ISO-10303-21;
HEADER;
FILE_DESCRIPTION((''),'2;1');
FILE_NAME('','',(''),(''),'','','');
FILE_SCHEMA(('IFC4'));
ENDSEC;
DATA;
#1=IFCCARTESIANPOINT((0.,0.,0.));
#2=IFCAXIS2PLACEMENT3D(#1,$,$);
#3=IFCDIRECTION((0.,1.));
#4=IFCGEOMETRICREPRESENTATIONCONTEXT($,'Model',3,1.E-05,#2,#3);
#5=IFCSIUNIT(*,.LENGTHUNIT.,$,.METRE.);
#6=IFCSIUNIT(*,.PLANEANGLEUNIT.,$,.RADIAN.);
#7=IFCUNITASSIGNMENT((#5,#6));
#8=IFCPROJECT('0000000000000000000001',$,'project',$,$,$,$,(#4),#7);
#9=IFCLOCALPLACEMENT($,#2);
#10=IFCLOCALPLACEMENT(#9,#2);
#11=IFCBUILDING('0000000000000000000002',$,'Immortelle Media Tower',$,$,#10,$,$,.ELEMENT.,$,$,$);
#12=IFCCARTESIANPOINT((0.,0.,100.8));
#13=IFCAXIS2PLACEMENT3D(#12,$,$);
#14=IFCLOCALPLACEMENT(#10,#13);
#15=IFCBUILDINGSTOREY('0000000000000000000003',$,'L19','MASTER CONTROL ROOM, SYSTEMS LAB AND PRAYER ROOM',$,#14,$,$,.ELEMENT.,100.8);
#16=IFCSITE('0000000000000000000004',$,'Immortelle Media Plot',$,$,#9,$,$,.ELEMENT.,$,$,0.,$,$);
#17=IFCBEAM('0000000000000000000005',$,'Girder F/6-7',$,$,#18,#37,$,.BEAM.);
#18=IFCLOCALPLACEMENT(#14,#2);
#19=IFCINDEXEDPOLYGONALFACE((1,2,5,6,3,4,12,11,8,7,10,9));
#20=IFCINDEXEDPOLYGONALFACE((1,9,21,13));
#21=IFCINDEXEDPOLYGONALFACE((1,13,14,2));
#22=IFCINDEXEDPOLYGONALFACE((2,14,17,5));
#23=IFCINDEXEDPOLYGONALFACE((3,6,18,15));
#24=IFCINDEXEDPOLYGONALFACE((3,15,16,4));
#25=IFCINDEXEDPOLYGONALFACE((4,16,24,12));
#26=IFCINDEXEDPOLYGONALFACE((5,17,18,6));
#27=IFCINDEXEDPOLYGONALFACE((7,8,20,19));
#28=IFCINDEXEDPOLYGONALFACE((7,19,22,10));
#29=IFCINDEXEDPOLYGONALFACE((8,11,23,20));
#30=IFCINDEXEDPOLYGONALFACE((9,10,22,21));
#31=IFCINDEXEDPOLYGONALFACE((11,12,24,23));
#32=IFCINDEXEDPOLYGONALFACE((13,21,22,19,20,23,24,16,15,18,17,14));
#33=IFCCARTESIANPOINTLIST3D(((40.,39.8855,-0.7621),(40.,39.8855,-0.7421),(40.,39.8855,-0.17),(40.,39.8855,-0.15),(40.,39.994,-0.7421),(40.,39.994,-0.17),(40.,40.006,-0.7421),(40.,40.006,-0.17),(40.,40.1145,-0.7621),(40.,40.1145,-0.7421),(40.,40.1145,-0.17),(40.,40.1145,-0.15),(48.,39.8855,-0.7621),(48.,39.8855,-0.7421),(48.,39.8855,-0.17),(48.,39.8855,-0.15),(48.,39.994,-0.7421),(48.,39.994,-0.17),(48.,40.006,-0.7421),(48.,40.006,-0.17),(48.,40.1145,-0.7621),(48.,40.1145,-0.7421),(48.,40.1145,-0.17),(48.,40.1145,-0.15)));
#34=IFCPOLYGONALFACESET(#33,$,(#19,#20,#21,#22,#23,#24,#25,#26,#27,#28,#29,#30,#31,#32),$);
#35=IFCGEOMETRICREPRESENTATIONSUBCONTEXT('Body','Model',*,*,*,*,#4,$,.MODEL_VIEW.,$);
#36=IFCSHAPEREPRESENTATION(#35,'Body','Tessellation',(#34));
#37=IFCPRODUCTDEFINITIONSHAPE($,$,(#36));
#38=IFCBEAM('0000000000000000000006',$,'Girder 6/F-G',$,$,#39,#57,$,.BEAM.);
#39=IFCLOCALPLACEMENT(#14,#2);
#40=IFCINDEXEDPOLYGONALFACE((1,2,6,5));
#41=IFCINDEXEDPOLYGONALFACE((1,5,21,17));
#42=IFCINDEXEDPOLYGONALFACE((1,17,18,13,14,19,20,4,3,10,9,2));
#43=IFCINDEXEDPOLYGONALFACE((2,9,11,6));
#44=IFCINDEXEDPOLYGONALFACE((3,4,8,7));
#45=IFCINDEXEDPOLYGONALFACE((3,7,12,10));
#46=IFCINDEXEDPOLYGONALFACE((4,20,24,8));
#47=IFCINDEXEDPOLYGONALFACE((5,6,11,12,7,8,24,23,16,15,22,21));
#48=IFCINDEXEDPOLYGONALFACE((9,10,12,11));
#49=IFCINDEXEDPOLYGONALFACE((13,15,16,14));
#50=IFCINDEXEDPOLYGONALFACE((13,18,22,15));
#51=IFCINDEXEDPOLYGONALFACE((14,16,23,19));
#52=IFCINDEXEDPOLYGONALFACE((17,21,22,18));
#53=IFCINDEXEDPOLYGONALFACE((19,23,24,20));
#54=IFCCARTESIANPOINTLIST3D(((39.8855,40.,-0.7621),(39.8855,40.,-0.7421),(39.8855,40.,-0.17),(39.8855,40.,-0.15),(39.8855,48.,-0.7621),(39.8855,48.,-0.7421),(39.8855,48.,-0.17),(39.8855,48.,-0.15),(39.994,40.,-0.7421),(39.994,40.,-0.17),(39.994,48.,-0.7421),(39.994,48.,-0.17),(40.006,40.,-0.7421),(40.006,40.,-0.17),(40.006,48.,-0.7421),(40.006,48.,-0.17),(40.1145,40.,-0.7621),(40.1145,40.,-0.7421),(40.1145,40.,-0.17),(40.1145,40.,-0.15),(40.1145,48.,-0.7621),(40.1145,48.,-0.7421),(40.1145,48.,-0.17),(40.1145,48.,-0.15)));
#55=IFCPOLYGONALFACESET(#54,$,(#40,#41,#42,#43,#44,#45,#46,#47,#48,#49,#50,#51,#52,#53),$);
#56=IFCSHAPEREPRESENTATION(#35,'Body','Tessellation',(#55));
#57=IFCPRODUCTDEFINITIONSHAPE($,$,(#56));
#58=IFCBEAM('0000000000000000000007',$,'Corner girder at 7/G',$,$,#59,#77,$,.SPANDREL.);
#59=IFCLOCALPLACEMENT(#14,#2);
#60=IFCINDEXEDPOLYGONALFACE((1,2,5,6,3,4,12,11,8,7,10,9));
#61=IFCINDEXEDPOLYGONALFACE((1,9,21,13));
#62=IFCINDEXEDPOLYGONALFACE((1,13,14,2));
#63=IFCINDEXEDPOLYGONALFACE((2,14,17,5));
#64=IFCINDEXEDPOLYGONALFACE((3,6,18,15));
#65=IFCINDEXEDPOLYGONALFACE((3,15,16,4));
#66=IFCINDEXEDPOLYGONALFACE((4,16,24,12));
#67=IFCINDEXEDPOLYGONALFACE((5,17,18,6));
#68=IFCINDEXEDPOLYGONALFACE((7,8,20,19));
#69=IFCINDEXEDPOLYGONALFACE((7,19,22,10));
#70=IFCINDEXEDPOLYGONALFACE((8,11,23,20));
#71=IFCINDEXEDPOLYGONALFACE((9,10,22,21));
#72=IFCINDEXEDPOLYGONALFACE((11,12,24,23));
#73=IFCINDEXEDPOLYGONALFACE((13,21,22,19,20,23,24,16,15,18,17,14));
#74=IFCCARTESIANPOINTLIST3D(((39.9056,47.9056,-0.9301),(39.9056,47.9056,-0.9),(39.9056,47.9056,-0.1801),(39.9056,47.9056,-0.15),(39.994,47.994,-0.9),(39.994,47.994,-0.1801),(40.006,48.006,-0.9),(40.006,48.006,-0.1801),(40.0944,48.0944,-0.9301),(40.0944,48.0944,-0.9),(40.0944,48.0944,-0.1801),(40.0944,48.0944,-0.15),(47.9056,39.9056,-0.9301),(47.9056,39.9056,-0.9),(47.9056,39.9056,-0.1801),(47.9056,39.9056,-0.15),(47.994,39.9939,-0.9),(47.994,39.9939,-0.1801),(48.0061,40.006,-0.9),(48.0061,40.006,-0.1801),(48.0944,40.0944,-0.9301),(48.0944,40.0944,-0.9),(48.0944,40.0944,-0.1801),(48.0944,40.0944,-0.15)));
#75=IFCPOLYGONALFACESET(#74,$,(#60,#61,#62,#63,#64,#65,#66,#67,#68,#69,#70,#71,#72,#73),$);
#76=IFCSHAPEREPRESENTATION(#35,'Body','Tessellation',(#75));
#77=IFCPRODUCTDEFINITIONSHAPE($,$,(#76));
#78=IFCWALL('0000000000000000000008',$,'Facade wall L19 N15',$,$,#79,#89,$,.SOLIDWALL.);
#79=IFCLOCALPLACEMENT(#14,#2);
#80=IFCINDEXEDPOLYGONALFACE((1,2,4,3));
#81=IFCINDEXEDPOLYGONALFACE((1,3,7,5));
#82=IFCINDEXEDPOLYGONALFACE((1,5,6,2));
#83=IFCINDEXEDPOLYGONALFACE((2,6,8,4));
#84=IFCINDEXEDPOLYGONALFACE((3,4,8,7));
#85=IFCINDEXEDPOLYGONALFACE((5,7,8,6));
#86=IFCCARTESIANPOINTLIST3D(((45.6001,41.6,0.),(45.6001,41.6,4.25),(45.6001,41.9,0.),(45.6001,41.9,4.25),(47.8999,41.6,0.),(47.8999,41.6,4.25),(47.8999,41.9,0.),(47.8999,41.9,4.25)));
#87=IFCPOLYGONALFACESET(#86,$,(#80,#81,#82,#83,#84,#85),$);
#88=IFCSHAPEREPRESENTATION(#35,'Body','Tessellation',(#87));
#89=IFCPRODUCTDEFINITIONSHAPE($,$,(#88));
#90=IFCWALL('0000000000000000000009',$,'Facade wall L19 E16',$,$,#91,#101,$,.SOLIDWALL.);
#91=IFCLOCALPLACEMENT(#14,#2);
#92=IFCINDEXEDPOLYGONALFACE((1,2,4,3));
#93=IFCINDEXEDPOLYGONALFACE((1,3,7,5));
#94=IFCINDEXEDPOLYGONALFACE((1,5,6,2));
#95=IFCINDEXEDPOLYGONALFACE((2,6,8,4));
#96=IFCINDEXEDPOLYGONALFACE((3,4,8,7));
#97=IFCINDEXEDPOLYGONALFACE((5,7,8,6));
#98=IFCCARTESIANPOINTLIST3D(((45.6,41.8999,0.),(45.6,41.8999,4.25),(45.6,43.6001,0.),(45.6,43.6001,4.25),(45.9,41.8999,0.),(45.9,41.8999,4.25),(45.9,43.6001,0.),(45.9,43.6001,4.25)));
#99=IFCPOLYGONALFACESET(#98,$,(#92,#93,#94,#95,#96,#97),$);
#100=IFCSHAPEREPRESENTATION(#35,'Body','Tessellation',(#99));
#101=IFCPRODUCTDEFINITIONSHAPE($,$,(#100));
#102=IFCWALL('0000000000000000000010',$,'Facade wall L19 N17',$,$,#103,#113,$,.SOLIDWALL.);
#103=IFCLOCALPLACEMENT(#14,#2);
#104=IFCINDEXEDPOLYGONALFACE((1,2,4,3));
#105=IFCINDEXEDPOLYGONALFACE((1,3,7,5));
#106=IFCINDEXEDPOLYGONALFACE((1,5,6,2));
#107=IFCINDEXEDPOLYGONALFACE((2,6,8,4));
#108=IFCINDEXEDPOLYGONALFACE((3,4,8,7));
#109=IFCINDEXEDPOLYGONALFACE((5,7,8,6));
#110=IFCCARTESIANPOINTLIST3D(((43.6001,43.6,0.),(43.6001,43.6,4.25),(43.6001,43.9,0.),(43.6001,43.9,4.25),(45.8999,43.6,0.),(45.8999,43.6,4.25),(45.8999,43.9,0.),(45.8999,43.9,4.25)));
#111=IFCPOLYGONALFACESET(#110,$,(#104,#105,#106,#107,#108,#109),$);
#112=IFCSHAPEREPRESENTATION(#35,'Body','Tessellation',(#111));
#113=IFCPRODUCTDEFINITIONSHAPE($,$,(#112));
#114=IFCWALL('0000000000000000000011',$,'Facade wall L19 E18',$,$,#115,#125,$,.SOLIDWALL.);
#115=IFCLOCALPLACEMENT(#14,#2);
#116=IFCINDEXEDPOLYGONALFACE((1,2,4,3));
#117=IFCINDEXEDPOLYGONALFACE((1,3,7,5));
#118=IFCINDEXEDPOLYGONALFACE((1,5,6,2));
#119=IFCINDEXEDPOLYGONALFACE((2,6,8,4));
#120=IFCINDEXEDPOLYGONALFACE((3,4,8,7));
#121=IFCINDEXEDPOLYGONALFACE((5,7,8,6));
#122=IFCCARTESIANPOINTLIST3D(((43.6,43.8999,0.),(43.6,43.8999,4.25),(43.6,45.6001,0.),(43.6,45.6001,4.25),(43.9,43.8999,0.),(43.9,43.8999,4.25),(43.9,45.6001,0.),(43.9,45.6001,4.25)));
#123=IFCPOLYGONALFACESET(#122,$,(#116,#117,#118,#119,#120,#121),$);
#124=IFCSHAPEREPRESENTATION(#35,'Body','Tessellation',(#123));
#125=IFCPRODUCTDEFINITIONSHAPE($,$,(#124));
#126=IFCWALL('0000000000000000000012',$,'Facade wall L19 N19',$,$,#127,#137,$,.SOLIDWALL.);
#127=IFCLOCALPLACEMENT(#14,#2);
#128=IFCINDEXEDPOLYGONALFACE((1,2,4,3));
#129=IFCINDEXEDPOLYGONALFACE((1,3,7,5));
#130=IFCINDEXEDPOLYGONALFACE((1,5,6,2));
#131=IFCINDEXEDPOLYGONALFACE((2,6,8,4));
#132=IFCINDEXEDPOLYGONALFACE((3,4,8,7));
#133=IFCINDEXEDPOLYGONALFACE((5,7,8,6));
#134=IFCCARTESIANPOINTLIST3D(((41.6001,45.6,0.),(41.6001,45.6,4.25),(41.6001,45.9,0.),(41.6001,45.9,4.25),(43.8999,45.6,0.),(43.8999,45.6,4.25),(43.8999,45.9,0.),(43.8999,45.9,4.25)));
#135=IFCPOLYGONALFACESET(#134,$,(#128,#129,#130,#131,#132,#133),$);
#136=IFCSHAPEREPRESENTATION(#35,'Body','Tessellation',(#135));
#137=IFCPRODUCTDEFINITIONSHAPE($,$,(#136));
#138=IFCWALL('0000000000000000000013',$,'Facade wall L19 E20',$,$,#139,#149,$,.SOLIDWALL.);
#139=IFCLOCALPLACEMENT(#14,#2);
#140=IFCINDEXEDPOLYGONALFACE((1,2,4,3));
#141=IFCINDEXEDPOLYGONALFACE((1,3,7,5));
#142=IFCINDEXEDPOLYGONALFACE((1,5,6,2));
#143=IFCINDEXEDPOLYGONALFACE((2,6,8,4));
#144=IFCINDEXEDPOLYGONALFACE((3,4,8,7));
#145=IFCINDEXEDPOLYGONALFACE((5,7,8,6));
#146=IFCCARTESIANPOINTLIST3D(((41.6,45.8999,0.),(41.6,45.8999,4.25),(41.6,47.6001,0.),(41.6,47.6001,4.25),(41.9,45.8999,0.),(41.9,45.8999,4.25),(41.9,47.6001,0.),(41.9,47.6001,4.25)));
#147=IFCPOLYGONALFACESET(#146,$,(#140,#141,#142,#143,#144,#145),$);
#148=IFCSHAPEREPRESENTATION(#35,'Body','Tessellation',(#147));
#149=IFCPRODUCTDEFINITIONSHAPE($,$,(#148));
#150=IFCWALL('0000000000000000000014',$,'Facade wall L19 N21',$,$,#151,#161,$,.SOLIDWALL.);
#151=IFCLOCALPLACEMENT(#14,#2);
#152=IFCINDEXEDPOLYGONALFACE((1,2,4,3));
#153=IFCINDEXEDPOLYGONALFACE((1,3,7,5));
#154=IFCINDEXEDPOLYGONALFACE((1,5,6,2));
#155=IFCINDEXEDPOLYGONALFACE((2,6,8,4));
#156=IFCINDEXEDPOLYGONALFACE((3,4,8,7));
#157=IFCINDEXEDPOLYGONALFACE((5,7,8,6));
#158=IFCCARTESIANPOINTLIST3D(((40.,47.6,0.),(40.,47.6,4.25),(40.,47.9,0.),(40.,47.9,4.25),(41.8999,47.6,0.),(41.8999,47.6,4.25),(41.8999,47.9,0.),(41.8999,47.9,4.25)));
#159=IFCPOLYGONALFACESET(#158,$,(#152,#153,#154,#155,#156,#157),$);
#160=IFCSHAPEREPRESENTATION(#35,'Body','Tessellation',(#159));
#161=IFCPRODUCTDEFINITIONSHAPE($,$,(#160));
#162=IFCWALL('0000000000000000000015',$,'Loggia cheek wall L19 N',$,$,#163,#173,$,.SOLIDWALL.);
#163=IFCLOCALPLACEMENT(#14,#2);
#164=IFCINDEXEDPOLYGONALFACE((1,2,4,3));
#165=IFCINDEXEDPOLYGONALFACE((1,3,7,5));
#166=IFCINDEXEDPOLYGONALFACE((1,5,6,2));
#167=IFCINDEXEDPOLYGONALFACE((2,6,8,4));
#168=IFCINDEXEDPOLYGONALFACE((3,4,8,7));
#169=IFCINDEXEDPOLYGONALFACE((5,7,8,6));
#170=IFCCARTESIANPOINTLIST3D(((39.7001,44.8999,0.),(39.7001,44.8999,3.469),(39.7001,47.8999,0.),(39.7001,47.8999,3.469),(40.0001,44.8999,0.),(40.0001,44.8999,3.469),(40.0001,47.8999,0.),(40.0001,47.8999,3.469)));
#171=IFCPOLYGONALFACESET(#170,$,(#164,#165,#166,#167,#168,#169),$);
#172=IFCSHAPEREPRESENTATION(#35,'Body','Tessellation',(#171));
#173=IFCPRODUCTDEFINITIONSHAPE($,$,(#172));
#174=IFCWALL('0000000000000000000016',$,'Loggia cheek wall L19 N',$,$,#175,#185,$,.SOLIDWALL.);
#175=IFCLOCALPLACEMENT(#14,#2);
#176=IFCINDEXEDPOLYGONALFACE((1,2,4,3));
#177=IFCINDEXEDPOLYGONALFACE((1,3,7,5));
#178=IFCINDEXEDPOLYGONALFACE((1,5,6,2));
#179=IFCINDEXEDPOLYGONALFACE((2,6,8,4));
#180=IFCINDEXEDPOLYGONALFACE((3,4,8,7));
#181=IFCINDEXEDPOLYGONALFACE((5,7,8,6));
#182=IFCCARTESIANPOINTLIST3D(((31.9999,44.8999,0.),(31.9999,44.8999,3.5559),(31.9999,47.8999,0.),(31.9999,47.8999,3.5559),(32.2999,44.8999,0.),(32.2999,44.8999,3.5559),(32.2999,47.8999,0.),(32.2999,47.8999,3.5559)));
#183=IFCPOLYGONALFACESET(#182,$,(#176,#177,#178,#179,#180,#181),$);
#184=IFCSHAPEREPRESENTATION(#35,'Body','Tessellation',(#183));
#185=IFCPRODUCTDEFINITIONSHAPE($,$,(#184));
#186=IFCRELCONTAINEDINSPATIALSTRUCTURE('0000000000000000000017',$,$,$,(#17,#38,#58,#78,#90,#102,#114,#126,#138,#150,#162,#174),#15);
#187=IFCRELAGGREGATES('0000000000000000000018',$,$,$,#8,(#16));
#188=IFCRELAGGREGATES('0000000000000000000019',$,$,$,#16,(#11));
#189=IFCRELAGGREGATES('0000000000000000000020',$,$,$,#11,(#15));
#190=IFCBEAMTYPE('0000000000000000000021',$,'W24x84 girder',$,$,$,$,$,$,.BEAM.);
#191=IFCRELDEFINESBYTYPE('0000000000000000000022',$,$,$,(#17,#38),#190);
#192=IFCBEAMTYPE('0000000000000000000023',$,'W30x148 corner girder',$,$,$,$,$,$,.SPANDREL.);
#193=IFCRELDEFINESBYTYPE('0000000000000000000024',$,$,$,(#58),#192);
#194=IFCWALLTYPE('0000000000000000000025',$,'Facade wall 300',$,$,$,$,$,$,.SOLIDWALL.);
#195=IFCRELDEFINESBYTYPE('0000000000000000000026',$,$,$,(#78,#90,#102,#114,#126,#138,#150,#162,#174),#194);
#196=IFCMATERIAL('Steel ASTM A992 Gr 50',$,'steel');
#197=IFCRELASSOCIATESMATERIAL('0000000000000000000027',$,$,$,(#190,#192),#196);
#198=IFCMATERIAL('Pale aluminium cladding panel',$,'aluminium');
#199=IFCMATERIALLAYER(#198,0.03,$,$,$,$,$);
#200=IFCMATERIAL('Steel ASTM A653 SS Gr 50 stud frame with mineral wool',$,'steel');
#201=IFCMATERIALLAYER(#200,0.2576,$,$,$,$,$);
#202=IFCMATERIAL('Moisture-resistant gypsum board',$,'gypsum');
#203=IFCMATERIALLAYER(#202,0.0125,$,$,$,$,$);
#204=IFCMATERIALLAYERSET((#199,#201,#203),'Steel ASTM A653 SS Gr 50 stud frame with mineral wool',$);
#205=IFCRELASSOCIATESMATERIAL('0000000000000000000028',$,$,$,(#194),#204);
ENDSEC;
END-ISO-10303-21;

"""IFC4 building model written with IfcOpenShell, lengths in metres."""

from ifc_helpers import new_model, si_unit, direction, frame, frame_2d, origin, origin_2d, place, context, subcontext, project, spatial, rectangle, i_section, extrude, material, layer, layer_set, material_profile, profile_set, type_object, element, save


model = new_model("IFC4")

# Units and contexts
model_context = context("Model", 3, precision=1e-05, world=origin(), true_north=direction((0.0, 1.0)))
body_context = subcontext(model_context, "Body", "Model", "MODEL_VIEW")
ifc_project = project(units=[si_unit("LENGTHUNIT", "METRE"), si_unit("PLANEANGLEUNIT", "RADIAN")], contexts=[model_context])

# Site, building, storey
site_placement = place(None, origin())
site = spatial("IfcSite", under=ifc_project, at=site_placement, Name="Immortelle Media Plot", CompositionType="ELEMENT", RefElevation=0.0)
building_placement = place(site_placement, origin())
building = spatial("IfcBuilding", under=site, at=building_placement, Name="Immortelle Media Tower", CompositionType="ELEMENT")
storey_placement = place(building_placement, frame((0.0, 0.0, 100.8)))
storey = spatial("IfcBuildingStorey", under=building, at=storey_placement, Name="L19", Description="MASTER CONTROL ROOM, SYSTEMS LAB AND PRAYER ROOM", CompositionType="ELEMENT", Elevation=100.8)

# Shared definitions
ifc_material_1 = material(Name="Steel ASTM A992 Gr 50", Category="steel")

# Beams
ifc_material_profile_1 = material_profile(ifc_material_1, i_section(OverallWidth=0.229, OverallDepth=0.6121, WebThickness=0.012, FlangeThickness=0.02, at=origin_2d()), Name="W24x84")
ifc_profile_set_1 = profile_set([ifc_material_profile_1], Name="Steel ASTM A992 Gr 50")
beam_type_1 = type_object("IfcBeamType", Name="W24x84 girder", PredefinedType="BEAM", material=ifc_profile_set_1)
for number, where, z_axis, x_axis, name in (
    (1, (40.0, 40.0, -0.4561), (1.0, 0.0, 0.0), (0.0, 1.0, 0.0), "Girder F/6-7"),
    (2, (40.0, 40.0, -0.4561), (0.0, 1.0, 0.0), (-1.0, 0.0, 0.0), "Girder 6/F-G"),
):
    element("IfcBeam", number, at=place(storey_placement, frame(where, z_axis=z_axis, x_axis=x_axis)), inside=storey, type_object=beam_type_1, Name=name, PredefinedType="BEAM", context=body_context, shape_type="SweptSolid", body=[
        extrude(i_section(OverallWidth=0.229, OverallDepth=0.6121, WebThickness=0.012, FlangeThickness=0.02, at=origin_2d()), origin(), (0.0, 0.0, 1.0), 8.0),
    ])
ifc_material_profile_2 = material_profile(ifc_material_1, i_section(OverallWidth=0.2671, OverallDepth=0.78, WebThickness=0.0171, FlangeThickness=0.03, at=origin_2d()), Name="W30x148")
ifc_profile_set_2 = profile_set([ifc_material_profile_2], Name="Steel ASTM A992 Gr 50")
beam_type_2 = type_object("IfcBeamType", Name="W30x148 corner girder", PredefinedType="SPANDREL", material=ifc_profile_set_2)
beam_1_placement = place(storey_placement, frame((40.0, 48.0, -0.54), z_axis=(0.707107, -0.707107, 0.0), x_axis=(0.707107, 0.707107, 0.0)))
element("IfcBeam", 3, at=beam_1_placement, inside=storey, type_object=beam_type_2, Name="Corner girder at 7/G", PredefinedType="SPANDREL", context=body_context, shape_type="SweptSolid", body=[
    extrude(i_section(OverallWidth=0.2671, OverallDepth=0.78, WebThickness=0.0171, FlangeThickness=0.03, at=origin_2d()), origin(), (0.0, 0.0, 1.0), 11.3137),
])

# Walls
ifc_material_2 = material(Name="Pale aluminium cladding panel", Category="aluminium")
ifc_layer_1 = layer(ifc_material_2, 0.03)
ifc_material_3 = material(Name="Steel ASTM A653 SS Gr 50 stud frame with mineral wool", Category="steel")
ifc_layer_2 = layer(ifc_material_3, 0.2576)
ifc_material_4 = material(Name="Moisture-resistant gypsum board", Category="gypsum")
ifc_layer_3 = layer(ifc_material_4, 0.0125)
ifc_layer_set_1 = layer_set([ifc_layer_1, ifc_layer_2, ifc_layer_3], Name="Steel ASTM A653 SS Gr 50 stud frame with mineral wool")
wall_type_1 = type_object("IfcWallType", Name="Facade wall 300", PredefinedType="SOLIDWALL", material=ifc_layer_set_1)
wall_1_placement = place(storey_placement, frame((47.8999, 41.75, 0.0), z_axis=(0.0, 0.0, 1.0), x_axis=(-1.0, 0.0, 0.0)))
element("IfcWall", 4, at=wall_1_placement, inside=storey, type_object=wall_type_1, Name="Facade wall L19 N15", PredefinedType="SOLIDWALL", context=body_context, shape_type="SweptSolid", body=[
    extrude(rectangle(XDim=2.2998, YDim=0.3, at=frame_2d((1.1499, 0.0))), origin(), (0.0, 0.0, 1.0), 4.25),
])
wall_2_placement = place(storey_placement, frame((45.75, 41.8999, 0.0), z_axis=(0.0, 0.0, 1.0), x_axis=(0.0, 1.0, 0.0)))
element("IfcWall", 5, at=wall_2_placement, inside=storey, type_object=wall_type_1, Name="Facade wall L19 E16", PredefinedType="SOLIDWALL", context=body_context, shape_type="SweptSolid", body=[
    extrude(rectangle(XDim=1.7002, YDim=0.3, at=frame_2d((0.8501, 0.0))), origin(), (0.0, 0.0, 1.0), 4.25),
])
wall_3_placement = place(storey_placement, frame((45.8999, 43.75, 0.0), z_axis=(0.0, 0.0, 1.0), x_axis=(-1.0, 0.0, 0.0)))
element("IfcWall", 6, at=wall_3_placement, inside=storey, type_object=wall_type_1, Name="Facade wall L19 N17", PredefinedType="SOLIDWALL", context=body_context, shape_type="SweptSolid", body=[
    extrude(rectangle(XDim=2.2998, YDim=0.3, at=frame_2d((1.1499, 0.0))), origin(), (0.0, 0.0, 1.0), 4.25),
])
wall_4_placement = place(storey_placement, frame((43.75, 43.8999, 0.0), z_axis=(0.0, 0.0, 1.0), x_axis=(0.0, 1.0, 0.0)))
element("IfcWall", 7, at=wall_4_placement, inside=storey, type_object=wall_type_1, Name="Facade wall L19 E18", PredefinedType="SOLIDWALL", context=body_context, shape_type="SweptSolid", body=[
    extrude(rectangle(XDim=1.7002, YDim=0.3, at=frame_2d((0.8501, 0.0))), origin(), (0.0, 0.0, 1.0), 4.25),
])
wall_5_placement = place(storey_placement, frame((43.8999, 45.75, 0.0), z_axis=(0.0, 0.0, 1.0), x_axis=(-1.0, 0.0, 0.0)))
element("IfcWall", 8, at=wall_5_placement, inside=storey, type_object=wall_type_1, Name="Facade wall L19 N19", PredefinedType="SOLIDWALL", context=body_context, shape_type="SweptSolid", body=[
    extrude(rectangle(XDim=2.2998, YDim=0.3, at=frame_2d((1.1499, 0.0))), origin(), (0.0, 0.0, 1.0), 4.25),
])
wall_6_placement = place(storey_placement, frame((41.75, 45.8999, 0.0), z_axis=(0.0, 0.0, 1.0), x_axis=(0.0, 1.0, 0.0)))
element("IfcWall", 9, at=wall_6_placement, inside=storey, type_object=wall_type_1, Name="Facade wall L19 E20", PredefinedType="SOLIDWALL", context=body_context, shape_type="SweptSolid", body=[
    extrude(rectangle(XDim=1.7002, YDim=0.3, at=frame_2d((0.8501, 0.0))), origin(), (0.0, 0.0, 1.0), 4.25),
])
wall_7_placement = place(storey_placement, frame((41.8999, 47.75, 0.0), z_axis=(0.0, 0.0, 1.0), x_axis=(-1.0, 0.0, 0.0)))
element("IfcWall", 10, at=wall_7_placement, inside=storey, type_object=wall_type_1, Name="Facade wall L19 N21", PredefinedType="SOLIDWALL", context=body_context, shape_type="SweptSolid", body=[
    extrude(rectangle(XDim=1.8999, YDim=0.3, at=frame_2d((0.95, 0.0))), origin(), (0.0, 0.0, 1.0), 4.25),
])

# Walls
wall_8_placement = place(storey_placement, frame((39.8501, 47.8999, 0.0), z_axis=(0.0, 0.0, 1.0), x_axis=(0.0, -1.0, 0.0)))
element("IfcWall", 11, at=wall_8_placement, inside=storey, type_object=wall_type_1, Name="Loggia cheek wall L19 N", PredefinedType="SOLIDWALL", context=body_context, shape_type="SweptSolid", body=[
    extrude(rectangle(XDim=3.0, YDim=0.3, at=frame_2d((1.5, 0.0))), origin(), (0.0, 0.0, 1.0), 3.469),
])
wall_9_placement = place(storey_placement, frame((32.1499, 47.8999, 0.0), z_axis=(0.0, 0.0, 1.0), x_axis=(0.0, -1.0, 0.0)))
element("IfcWall", 12, at=wall_9_placement, inside=storey, type_object=wall_type_1, Name="Loggia cheek wall L19 N", PredefinedType="SOLIDWALL", context=body_context, shape_type="SweptSolid", body=[
    extrude(rectangle(XDim=3.0, YDim=0.3, at=frame_2d((1.5, 0.0))), origin(), (0.0, 0.0, 1.0), 3.5559),
])

save(model, "model.ifc")
